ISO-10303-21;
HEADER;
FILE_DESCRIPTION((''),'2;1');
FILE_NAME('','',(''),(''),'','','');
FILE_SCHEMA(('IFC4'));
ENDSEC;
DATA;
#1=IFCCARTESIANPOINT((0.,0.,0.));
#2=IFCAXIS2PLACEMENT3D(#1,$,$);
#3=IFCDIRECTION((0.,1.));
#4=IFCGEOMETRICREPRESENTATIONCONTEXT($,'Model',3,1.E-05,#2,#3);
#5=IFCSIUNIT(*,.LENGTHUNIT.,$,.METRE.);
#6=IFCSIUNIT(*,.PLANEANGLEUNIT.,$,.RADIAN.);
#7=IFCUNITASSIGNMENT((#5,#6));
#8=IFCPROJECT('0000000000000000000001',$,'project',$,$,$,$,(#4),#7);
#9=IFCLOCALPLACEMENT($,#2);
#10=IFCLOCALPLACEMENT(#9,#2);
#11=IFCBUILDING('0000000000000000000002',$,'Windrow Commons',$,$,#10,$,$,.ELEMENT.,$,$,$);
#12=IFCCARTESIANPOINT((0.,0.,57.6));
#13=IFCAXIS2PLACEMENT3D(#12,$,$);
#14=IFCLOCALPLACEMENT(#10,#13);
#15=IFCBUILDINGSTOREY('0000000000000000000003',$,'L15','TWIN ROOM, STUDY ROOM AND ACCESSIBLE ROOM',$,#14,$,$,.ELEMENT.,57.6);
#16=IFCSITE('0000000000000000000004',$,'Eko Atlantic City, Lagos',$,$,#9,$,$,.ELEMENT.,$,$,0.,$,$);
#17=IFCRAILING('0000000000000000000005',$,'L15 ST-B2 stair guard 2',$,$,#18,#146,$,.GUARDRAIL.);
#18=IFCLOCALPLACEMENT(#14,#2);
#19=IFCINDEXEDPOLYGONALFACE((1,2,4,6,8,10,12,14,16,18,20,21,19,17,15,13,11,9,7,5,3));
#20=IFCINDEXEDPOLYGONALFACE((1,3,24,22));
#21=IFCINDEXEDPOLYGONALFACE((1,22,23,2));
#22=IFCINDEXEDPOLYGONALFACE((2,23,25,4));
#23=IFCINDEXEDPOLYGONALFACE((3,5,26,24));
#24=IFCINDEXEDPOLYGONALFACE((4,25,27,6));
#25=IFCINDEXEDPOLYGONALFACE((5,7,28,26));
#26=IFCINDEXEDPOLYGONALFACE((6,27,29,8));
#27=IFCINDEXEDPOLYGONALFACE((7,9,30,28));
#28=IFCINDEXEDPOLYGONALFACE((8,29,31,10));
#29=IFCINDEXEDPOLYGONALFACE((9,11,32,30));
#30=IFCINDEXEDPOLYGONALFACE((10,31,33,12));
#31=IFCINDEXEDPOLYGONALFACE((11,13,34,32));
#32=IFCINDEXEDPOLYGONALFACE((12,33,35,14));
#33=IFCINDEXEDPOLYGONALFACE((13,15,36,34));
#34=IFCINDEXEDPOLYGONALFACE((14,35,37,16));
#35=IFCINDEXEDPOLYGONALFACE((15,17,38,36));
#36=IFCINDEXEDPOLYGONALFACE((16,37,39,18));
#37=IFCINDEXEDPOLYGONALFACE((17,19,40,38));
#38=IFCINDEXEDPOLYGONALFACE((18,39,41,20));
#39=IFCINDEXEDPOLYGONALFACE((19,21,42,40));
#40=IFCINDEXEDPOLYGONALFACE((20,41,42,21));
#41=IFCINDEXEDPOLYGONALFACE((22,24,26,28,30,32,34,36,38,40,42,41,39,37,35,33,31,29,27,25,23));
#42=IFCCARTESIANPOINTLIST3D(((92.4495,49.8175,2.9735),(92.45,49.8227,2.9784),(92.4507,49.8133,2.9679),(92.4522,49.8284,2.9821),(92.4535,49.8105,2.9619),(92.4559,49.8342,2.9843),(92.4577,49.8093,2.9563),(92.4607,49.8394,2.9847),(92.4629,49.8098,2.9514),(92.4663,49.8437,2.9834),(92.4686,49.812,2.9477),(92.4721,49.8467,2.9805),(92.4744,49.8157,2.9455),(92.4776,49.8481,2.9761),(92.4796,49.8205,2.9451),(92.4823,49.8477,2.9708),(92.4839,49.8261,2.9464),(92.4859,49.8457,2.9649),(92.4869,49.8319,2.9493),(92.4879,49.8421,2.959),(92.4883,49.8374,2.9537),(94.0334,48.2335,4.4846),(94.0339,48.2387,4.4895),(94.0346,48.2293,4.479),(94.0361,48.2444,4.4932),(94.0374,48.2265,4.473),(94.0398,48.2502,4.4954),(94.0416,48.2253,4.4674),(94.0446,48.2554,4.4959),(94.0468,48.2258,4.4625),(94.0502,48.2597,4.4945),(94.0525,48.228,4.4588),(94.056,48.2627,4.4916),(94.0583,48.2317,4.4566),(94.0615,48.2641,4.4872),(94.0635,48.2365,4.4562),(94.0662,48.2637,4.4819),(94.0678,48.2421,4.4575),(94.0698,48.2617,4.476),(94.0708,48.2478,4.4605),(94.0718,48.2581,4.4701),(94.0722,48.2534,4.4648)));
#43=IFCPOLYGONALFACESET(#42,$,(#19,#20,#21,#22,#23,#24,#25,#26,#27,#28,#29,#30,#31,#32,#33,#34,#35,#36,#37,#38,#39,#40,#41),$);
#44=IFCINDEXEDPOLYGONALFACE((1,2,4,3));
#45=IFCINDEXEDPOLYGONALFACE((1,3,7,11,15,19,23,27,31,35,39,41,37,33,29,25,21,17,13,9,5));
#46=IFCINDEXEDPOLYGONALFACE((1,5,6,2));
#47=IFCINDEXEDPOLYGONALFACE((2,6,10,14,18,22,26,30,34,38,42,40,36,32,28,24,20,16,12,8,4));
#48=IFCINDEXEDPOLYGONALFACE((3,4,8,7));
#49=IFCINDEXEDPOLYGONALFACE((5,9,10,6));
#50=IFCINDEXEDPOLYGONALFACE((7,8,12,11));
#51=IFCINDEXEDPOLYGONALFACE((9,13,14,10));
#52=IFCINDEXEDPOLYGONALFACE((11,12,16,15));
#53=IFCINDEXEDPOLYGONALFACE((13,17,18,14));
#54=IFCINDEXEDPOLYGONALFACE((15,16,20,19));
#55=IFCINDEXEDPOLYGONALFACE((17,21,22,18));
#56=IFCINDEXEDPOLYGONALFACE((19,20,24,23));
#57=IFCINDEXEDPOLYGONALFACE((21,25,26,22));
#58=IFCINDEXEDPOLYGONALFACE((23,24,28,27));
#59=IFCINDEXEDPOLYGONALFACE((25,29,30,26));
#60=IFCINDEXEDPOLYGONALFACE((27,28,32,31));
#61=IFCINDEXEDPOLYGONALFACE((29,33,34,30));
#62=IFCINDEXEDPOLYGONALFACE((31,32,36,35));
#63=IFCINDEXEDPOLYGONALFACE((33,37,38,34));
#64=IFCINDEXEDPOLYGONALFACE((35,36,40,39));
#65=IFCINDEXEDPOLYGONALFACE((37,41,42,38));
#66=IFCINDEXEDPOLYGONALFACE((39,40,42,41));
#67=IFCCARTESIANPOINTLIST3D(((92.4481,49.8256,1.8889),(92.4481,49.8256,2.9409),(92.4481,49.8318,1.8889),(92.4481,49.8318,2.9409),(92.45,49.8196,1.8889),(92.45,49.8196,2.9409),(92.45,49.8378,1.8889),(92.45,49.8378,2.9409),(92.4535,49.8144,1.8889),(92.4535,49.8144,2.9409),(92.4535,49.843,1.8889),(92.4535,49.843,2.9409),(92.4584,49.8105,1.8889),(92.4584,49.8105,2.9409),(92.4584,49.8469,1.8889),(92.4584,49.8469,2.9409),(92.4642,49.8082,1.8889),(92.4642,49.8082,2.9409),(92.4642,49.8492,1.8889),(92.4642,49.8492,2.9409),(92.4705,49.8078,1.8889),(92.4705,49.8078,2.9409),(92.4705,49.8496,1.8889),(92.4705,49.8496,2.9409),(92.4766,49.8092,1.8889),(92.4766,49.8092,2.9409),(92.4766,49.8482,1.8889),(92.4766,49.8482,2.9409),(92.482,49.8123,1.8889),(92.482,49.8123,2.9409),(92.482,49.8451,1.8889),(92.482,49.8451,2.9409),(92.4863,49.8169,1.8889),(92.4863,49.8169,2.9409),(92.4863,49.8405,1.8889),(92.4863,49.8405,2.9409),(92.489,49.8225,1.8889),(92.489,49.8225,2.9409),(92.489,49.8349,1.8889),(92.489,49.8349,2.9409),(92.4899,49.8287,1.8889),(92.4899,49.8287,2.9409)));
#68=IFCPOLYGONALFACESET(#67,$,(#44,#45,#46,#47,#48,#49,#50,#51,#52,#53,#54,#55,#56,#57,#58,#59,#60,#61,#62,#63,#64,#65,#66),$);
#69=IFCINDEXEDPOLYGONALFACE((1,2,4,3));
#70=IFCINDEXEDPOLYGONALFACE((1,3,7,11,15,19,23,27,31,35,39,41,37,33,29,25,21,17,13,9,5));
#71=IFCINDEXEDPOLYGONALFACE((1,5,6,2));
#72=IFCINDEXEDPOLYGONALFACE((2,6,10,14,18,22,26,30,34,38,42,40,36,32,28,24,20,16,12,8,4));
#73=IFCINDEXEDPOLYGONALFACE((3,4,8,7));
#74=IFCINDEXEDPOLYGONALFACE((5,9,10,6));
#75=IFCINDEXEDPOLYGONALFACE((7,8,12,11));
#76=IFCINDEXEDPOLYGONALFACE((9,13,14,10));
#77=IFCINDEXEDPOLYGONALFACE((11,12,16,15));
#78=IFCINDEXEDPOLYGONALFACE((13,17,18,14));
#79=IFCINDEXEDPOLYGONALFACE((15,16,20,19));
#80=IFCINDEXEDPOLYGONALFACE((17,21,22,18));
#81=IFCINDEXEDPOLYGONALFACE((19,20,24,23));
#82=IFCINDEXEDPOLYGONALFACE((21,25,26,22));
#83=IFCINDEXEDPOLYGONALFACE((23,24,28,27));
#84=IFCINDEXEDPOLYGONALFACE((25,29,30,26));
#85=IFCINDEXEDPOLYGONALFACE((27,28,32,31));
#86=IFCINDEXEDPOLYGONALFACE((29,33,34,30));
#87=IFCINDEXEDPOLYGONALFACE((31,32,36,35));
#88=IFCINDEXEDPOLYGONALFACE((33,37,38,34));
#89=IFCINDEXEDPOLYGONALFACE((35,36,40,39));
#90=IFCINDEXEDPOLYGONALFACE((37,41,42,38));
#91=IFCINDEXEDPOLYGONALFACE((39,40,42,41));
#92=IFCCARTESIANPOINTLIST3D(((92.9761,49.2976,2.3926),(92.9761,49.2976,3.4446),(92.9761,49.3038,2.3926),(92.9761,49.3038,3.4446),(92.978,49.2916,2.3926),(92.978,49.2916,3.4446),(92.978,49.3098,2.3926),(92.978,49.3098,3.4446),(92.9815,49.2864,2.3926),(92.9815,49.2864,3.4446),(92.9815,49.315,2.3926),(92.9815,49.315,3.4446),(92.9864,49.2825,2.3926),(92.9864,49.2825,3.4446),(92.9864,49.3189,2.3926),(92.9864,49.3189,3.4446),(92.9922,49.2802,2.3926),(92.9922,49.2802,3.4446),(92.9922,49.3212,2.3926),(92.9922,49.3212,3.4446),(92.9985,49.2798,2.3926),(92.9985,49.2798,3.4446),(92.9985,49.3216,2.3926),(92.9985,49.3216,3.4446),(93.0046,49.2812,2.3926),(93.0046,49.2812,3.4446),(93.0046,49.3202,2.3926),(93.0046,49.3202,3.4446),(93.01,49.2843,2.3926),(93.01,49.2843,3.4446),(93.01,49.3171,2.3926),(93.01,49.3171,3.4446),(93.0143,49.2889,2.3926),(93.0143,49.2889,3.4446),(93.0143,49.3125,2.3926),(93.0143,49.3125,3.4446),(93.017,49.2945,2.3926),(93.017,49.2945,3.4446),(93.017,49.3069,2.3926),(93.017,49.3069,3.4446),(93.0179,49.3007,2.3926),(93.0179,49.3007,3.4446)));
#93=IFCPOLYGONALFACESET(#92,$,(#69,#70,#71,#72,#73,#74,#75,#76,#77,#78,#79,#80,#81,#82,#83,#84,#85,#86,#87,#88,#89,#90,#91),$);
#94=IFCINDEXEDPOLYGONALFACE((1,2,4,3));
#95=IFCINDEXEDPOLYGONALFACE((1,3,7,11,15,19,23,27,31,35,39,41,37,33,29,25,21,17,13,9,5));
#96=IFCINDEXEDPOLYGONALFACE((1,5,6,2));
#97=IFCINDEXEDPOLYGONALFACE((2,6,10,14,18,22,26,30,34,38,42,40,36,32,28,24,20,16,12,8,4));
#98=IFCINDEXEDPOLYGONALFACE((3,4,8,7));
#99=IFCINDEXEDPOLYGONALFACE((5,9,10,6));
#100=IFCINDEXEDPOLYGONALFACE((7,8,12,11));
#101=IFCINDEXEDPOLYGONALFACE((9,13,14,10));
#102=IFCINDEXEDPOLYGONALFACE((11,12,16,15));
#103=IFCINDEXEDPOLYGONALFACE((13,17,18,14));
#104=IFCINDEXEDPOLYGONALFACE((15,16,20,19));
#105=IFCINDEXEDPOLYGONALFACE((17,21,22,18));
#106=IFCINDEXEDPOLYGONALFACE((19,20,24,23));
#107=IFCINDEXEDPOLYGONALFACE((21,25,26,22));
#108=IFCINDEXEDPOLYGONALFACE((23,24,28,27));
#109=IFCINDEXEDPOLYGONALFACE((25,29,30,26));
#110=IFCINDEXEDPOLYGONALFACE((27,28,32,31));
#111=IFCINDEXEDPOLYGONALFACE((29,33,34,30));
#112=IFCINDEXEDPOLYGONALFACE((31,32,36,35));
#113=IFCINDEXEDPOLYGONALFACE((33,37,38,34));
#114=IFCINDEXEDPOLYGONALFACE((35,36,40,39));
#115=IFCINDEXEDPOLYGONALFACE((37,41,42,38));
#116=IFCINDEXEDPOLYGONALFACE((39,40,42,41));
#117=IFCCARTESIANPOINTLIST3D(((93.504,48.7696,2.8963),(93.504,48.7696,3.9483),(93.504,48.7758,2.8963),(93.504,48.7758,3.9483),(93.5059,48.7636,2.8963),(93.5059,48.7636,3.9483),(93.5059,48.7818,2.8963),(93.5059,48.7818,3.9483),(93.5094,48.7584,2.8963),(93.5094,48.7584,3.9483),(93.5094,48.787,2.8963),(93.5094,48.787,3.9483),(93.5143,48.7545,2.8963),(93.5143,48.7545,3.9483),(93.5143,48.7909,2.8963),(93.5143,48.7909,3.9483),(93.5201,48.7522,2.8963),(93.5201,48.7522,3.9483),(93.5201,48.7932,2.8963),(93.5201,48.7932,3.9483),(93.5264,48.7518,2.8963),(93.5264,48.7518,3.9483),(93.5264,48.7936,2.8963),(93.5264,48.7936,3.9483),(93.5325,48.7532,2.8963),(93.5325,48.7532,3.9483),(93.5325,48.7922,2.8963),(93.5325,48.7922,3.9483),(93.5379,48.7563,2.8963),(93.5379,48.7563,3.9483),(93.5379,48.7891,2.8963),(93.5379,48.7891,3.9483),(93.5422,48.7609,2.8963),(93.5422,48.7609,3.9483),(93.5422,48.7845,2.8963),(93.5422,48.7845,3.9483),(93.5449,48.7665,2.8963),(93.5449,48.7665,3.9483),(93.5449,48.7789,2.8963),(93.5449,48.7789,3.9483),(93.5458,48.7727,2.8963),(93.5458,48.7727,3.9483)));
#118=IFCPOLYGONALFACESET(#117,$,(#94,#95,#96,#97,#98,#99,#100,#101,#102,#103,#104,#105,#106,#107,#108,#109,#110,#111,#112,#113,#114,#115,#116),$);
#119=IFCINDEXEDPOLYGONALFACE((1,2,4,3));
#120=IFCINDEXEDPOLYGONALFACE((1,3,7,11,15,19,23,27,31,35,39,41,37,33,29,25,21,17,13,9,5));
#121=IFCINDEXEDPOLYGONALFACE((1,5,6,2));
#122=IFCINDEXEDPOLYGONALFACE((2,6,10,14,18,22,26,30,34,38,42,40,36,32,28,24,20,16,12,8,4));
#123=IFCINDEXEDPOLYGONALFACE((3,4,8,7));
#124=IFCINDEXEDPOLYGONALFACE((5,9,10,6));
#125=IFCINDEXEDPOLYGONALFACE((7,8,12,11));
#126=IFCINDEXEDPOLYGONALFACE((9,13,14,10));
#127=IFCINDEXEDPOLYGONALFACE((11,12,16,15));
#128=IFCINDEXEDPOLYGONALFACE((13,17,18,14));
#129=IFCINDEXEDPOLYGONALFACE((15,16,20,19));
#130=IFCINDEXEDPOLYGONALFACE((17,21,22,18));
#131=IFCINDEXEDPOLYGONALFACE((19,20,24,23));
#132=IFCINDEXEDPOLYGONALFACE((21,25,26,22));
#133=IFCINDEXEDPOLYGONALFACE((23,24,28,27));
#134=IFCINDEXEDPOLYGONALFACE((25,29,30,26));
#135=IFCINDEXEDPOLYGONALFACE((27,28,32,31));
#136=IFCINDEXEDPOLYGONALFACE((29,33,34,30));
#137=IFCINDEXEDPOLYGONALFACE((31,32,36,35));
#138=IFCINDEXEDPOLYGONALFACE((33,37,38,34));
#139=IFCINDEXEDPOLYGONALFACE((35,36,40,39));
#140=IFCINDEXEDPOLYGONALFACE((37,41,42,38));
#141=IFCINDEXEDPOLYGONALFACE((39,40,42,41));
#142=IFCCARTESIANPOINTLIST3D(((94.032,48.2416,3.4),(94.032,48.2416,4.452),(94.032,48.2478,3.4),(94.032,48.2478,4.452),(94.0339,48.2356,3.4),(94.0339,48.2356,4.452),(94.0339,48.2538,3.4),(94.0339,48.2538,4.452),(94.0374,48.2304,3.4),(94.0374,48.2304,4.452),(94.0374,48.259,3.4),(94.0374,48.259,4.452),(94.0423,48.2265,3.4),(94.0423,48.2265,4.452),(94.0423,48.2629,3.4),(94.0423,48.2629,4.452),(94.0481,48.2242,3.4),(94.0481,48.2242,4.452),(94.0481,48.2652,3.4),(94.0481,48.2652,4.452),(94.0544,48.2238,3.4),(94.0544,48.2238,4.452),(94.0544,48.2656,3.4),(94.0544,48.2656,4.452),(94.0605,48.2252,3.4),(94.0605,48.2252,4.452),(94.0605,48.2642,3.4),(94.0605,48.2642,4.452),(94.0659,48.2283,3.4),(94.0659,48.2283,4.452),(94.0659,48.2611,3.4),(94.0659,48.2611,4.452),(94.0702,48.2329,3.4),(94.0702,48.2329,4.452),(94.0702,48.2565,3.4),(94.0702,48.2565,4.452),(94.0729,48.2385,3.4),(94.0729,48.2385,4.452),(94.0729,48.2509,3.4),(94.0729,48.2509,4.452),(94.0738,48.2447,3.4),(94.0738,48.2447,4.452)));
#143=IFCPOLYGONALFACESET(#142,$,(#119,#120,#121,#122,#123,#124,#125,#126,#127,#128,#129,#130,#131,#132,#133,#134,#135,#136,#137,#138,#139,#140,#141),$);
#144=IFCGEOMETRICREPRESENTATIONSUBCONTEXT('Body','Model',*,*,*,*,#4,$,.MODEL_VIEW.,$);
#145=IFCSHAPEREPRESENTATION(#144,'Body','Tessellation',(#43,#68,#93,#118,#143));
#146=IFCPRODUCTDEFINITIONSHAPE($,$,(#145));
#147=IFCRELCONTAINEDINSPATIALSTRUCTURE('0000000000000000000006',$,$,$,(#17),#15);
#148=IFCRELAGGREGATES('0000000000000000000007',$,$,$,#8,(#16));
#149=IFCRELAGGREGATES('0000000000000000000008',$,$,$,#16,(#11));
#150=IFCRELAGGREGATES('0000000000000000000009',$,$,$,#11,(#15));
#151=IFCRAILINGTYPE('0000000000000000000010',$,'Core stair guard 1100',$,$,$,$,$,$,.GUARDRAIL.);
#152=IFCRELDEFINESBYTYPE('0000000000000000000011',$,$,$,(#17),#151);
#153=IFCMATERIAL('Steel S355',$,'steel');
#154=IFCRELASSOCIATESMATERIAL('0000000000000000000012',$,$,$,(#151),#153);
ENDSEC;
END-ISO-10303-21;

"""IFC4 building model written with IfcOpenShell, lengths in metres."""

from ifc_helpers import new_model, si_unit, direction, frame, origin, origin_2d, place, context, subcontext, project, spatial, circle, extrude, material, type_object, element, save


model = new_model("IFC4")

# Units and contexts
model_context = context("Model", 3, precision=1e-05, world=origin(), true_north=direction((0.0, 1.0)))
body_context = subcontext(model_context, "Body", "Model", "MODEL_VIEW")
ifc_project = project(units=[si_unit("LENGTHUNIT", "METRE"), si_unit("PLANEANGLEUNIT", "RADIAN")], contexts=[model_context])

# Site, building, storey
site_placement = place(None, origin())
site = spatial("IfcSite", under=ifc_project, at=site_placement, Name="Eko Atlantic City, Lagos", CompositionType="ELEMENT", RefElevation=0.0)
building_placement = place(site_placement, origin())
building = spatial("IfcBuilding", under=site, at=building_placement, Name="Windrow Commons", CompositionType="ELEMENT")
storey_placement = place(building_placement, frame((0.0, 0.0, 57.6)))
storey = spatial("IfcBuildingStorey", under=building, at=storey_placement, Name="L15", Description="TWIN ROOM, STUDY ROOM AND ACCESSIBLE ROOM", CompositionType="ELEMENT", Elevation=57.6)

# Railing
ifc_material_1 = material(Name="Steel S355", Category="steel")
railing_type_1 = type_object("IfcRailingType", Name="Core stair guard 1100", PredefinedType="GUARDRAIL", material=ifc_material_1)
railing_1_placement = place(storey_placement, frame((92.4689, 49.8287, 1.8889)))
element("IfcRailing", 1, at=railing_1_placement, inside=storey, type_object=railing_type_1, Name="L15 ST-B2 stair guard 2", PredefinedType="GUARDRAIL", context=body_context, shape_type="SweptSolid", body=[
    extrude(circle(Radius=0.024, at=origin_2d()), frame((0.0, 0.0, 1.076), z_axis=(0.586179, -0.586216, 0.559237), x_axis=(0.707129, 0.707084, 0.0)), (0.0, 0.0, 1.0), 2.7021),
    extrude(circle(Radius=0.021, at=origin_2d()), origin(), (0.0, 0.0, 1.0), 1.052),
    extrude(circle(Radius=0.021, at=origin_2d()), frame((0.528, -0.528, 0.5037)), (0.0, 0.0, 1.0), 1.052),
    extrude(circle(Radius=0.021, at=origin_2d()), frame((1.0559, -1.056, 1.0074)), (0.0, 0.0, 1.0), 1.052),
    extrude(circle(Radius=0.021, at=origin_2d()), frame((1.5839, -1.584, 1.5111)), (0.0, 0.0, 1.0), 1.052),
])

save(model, "model.ifc")
